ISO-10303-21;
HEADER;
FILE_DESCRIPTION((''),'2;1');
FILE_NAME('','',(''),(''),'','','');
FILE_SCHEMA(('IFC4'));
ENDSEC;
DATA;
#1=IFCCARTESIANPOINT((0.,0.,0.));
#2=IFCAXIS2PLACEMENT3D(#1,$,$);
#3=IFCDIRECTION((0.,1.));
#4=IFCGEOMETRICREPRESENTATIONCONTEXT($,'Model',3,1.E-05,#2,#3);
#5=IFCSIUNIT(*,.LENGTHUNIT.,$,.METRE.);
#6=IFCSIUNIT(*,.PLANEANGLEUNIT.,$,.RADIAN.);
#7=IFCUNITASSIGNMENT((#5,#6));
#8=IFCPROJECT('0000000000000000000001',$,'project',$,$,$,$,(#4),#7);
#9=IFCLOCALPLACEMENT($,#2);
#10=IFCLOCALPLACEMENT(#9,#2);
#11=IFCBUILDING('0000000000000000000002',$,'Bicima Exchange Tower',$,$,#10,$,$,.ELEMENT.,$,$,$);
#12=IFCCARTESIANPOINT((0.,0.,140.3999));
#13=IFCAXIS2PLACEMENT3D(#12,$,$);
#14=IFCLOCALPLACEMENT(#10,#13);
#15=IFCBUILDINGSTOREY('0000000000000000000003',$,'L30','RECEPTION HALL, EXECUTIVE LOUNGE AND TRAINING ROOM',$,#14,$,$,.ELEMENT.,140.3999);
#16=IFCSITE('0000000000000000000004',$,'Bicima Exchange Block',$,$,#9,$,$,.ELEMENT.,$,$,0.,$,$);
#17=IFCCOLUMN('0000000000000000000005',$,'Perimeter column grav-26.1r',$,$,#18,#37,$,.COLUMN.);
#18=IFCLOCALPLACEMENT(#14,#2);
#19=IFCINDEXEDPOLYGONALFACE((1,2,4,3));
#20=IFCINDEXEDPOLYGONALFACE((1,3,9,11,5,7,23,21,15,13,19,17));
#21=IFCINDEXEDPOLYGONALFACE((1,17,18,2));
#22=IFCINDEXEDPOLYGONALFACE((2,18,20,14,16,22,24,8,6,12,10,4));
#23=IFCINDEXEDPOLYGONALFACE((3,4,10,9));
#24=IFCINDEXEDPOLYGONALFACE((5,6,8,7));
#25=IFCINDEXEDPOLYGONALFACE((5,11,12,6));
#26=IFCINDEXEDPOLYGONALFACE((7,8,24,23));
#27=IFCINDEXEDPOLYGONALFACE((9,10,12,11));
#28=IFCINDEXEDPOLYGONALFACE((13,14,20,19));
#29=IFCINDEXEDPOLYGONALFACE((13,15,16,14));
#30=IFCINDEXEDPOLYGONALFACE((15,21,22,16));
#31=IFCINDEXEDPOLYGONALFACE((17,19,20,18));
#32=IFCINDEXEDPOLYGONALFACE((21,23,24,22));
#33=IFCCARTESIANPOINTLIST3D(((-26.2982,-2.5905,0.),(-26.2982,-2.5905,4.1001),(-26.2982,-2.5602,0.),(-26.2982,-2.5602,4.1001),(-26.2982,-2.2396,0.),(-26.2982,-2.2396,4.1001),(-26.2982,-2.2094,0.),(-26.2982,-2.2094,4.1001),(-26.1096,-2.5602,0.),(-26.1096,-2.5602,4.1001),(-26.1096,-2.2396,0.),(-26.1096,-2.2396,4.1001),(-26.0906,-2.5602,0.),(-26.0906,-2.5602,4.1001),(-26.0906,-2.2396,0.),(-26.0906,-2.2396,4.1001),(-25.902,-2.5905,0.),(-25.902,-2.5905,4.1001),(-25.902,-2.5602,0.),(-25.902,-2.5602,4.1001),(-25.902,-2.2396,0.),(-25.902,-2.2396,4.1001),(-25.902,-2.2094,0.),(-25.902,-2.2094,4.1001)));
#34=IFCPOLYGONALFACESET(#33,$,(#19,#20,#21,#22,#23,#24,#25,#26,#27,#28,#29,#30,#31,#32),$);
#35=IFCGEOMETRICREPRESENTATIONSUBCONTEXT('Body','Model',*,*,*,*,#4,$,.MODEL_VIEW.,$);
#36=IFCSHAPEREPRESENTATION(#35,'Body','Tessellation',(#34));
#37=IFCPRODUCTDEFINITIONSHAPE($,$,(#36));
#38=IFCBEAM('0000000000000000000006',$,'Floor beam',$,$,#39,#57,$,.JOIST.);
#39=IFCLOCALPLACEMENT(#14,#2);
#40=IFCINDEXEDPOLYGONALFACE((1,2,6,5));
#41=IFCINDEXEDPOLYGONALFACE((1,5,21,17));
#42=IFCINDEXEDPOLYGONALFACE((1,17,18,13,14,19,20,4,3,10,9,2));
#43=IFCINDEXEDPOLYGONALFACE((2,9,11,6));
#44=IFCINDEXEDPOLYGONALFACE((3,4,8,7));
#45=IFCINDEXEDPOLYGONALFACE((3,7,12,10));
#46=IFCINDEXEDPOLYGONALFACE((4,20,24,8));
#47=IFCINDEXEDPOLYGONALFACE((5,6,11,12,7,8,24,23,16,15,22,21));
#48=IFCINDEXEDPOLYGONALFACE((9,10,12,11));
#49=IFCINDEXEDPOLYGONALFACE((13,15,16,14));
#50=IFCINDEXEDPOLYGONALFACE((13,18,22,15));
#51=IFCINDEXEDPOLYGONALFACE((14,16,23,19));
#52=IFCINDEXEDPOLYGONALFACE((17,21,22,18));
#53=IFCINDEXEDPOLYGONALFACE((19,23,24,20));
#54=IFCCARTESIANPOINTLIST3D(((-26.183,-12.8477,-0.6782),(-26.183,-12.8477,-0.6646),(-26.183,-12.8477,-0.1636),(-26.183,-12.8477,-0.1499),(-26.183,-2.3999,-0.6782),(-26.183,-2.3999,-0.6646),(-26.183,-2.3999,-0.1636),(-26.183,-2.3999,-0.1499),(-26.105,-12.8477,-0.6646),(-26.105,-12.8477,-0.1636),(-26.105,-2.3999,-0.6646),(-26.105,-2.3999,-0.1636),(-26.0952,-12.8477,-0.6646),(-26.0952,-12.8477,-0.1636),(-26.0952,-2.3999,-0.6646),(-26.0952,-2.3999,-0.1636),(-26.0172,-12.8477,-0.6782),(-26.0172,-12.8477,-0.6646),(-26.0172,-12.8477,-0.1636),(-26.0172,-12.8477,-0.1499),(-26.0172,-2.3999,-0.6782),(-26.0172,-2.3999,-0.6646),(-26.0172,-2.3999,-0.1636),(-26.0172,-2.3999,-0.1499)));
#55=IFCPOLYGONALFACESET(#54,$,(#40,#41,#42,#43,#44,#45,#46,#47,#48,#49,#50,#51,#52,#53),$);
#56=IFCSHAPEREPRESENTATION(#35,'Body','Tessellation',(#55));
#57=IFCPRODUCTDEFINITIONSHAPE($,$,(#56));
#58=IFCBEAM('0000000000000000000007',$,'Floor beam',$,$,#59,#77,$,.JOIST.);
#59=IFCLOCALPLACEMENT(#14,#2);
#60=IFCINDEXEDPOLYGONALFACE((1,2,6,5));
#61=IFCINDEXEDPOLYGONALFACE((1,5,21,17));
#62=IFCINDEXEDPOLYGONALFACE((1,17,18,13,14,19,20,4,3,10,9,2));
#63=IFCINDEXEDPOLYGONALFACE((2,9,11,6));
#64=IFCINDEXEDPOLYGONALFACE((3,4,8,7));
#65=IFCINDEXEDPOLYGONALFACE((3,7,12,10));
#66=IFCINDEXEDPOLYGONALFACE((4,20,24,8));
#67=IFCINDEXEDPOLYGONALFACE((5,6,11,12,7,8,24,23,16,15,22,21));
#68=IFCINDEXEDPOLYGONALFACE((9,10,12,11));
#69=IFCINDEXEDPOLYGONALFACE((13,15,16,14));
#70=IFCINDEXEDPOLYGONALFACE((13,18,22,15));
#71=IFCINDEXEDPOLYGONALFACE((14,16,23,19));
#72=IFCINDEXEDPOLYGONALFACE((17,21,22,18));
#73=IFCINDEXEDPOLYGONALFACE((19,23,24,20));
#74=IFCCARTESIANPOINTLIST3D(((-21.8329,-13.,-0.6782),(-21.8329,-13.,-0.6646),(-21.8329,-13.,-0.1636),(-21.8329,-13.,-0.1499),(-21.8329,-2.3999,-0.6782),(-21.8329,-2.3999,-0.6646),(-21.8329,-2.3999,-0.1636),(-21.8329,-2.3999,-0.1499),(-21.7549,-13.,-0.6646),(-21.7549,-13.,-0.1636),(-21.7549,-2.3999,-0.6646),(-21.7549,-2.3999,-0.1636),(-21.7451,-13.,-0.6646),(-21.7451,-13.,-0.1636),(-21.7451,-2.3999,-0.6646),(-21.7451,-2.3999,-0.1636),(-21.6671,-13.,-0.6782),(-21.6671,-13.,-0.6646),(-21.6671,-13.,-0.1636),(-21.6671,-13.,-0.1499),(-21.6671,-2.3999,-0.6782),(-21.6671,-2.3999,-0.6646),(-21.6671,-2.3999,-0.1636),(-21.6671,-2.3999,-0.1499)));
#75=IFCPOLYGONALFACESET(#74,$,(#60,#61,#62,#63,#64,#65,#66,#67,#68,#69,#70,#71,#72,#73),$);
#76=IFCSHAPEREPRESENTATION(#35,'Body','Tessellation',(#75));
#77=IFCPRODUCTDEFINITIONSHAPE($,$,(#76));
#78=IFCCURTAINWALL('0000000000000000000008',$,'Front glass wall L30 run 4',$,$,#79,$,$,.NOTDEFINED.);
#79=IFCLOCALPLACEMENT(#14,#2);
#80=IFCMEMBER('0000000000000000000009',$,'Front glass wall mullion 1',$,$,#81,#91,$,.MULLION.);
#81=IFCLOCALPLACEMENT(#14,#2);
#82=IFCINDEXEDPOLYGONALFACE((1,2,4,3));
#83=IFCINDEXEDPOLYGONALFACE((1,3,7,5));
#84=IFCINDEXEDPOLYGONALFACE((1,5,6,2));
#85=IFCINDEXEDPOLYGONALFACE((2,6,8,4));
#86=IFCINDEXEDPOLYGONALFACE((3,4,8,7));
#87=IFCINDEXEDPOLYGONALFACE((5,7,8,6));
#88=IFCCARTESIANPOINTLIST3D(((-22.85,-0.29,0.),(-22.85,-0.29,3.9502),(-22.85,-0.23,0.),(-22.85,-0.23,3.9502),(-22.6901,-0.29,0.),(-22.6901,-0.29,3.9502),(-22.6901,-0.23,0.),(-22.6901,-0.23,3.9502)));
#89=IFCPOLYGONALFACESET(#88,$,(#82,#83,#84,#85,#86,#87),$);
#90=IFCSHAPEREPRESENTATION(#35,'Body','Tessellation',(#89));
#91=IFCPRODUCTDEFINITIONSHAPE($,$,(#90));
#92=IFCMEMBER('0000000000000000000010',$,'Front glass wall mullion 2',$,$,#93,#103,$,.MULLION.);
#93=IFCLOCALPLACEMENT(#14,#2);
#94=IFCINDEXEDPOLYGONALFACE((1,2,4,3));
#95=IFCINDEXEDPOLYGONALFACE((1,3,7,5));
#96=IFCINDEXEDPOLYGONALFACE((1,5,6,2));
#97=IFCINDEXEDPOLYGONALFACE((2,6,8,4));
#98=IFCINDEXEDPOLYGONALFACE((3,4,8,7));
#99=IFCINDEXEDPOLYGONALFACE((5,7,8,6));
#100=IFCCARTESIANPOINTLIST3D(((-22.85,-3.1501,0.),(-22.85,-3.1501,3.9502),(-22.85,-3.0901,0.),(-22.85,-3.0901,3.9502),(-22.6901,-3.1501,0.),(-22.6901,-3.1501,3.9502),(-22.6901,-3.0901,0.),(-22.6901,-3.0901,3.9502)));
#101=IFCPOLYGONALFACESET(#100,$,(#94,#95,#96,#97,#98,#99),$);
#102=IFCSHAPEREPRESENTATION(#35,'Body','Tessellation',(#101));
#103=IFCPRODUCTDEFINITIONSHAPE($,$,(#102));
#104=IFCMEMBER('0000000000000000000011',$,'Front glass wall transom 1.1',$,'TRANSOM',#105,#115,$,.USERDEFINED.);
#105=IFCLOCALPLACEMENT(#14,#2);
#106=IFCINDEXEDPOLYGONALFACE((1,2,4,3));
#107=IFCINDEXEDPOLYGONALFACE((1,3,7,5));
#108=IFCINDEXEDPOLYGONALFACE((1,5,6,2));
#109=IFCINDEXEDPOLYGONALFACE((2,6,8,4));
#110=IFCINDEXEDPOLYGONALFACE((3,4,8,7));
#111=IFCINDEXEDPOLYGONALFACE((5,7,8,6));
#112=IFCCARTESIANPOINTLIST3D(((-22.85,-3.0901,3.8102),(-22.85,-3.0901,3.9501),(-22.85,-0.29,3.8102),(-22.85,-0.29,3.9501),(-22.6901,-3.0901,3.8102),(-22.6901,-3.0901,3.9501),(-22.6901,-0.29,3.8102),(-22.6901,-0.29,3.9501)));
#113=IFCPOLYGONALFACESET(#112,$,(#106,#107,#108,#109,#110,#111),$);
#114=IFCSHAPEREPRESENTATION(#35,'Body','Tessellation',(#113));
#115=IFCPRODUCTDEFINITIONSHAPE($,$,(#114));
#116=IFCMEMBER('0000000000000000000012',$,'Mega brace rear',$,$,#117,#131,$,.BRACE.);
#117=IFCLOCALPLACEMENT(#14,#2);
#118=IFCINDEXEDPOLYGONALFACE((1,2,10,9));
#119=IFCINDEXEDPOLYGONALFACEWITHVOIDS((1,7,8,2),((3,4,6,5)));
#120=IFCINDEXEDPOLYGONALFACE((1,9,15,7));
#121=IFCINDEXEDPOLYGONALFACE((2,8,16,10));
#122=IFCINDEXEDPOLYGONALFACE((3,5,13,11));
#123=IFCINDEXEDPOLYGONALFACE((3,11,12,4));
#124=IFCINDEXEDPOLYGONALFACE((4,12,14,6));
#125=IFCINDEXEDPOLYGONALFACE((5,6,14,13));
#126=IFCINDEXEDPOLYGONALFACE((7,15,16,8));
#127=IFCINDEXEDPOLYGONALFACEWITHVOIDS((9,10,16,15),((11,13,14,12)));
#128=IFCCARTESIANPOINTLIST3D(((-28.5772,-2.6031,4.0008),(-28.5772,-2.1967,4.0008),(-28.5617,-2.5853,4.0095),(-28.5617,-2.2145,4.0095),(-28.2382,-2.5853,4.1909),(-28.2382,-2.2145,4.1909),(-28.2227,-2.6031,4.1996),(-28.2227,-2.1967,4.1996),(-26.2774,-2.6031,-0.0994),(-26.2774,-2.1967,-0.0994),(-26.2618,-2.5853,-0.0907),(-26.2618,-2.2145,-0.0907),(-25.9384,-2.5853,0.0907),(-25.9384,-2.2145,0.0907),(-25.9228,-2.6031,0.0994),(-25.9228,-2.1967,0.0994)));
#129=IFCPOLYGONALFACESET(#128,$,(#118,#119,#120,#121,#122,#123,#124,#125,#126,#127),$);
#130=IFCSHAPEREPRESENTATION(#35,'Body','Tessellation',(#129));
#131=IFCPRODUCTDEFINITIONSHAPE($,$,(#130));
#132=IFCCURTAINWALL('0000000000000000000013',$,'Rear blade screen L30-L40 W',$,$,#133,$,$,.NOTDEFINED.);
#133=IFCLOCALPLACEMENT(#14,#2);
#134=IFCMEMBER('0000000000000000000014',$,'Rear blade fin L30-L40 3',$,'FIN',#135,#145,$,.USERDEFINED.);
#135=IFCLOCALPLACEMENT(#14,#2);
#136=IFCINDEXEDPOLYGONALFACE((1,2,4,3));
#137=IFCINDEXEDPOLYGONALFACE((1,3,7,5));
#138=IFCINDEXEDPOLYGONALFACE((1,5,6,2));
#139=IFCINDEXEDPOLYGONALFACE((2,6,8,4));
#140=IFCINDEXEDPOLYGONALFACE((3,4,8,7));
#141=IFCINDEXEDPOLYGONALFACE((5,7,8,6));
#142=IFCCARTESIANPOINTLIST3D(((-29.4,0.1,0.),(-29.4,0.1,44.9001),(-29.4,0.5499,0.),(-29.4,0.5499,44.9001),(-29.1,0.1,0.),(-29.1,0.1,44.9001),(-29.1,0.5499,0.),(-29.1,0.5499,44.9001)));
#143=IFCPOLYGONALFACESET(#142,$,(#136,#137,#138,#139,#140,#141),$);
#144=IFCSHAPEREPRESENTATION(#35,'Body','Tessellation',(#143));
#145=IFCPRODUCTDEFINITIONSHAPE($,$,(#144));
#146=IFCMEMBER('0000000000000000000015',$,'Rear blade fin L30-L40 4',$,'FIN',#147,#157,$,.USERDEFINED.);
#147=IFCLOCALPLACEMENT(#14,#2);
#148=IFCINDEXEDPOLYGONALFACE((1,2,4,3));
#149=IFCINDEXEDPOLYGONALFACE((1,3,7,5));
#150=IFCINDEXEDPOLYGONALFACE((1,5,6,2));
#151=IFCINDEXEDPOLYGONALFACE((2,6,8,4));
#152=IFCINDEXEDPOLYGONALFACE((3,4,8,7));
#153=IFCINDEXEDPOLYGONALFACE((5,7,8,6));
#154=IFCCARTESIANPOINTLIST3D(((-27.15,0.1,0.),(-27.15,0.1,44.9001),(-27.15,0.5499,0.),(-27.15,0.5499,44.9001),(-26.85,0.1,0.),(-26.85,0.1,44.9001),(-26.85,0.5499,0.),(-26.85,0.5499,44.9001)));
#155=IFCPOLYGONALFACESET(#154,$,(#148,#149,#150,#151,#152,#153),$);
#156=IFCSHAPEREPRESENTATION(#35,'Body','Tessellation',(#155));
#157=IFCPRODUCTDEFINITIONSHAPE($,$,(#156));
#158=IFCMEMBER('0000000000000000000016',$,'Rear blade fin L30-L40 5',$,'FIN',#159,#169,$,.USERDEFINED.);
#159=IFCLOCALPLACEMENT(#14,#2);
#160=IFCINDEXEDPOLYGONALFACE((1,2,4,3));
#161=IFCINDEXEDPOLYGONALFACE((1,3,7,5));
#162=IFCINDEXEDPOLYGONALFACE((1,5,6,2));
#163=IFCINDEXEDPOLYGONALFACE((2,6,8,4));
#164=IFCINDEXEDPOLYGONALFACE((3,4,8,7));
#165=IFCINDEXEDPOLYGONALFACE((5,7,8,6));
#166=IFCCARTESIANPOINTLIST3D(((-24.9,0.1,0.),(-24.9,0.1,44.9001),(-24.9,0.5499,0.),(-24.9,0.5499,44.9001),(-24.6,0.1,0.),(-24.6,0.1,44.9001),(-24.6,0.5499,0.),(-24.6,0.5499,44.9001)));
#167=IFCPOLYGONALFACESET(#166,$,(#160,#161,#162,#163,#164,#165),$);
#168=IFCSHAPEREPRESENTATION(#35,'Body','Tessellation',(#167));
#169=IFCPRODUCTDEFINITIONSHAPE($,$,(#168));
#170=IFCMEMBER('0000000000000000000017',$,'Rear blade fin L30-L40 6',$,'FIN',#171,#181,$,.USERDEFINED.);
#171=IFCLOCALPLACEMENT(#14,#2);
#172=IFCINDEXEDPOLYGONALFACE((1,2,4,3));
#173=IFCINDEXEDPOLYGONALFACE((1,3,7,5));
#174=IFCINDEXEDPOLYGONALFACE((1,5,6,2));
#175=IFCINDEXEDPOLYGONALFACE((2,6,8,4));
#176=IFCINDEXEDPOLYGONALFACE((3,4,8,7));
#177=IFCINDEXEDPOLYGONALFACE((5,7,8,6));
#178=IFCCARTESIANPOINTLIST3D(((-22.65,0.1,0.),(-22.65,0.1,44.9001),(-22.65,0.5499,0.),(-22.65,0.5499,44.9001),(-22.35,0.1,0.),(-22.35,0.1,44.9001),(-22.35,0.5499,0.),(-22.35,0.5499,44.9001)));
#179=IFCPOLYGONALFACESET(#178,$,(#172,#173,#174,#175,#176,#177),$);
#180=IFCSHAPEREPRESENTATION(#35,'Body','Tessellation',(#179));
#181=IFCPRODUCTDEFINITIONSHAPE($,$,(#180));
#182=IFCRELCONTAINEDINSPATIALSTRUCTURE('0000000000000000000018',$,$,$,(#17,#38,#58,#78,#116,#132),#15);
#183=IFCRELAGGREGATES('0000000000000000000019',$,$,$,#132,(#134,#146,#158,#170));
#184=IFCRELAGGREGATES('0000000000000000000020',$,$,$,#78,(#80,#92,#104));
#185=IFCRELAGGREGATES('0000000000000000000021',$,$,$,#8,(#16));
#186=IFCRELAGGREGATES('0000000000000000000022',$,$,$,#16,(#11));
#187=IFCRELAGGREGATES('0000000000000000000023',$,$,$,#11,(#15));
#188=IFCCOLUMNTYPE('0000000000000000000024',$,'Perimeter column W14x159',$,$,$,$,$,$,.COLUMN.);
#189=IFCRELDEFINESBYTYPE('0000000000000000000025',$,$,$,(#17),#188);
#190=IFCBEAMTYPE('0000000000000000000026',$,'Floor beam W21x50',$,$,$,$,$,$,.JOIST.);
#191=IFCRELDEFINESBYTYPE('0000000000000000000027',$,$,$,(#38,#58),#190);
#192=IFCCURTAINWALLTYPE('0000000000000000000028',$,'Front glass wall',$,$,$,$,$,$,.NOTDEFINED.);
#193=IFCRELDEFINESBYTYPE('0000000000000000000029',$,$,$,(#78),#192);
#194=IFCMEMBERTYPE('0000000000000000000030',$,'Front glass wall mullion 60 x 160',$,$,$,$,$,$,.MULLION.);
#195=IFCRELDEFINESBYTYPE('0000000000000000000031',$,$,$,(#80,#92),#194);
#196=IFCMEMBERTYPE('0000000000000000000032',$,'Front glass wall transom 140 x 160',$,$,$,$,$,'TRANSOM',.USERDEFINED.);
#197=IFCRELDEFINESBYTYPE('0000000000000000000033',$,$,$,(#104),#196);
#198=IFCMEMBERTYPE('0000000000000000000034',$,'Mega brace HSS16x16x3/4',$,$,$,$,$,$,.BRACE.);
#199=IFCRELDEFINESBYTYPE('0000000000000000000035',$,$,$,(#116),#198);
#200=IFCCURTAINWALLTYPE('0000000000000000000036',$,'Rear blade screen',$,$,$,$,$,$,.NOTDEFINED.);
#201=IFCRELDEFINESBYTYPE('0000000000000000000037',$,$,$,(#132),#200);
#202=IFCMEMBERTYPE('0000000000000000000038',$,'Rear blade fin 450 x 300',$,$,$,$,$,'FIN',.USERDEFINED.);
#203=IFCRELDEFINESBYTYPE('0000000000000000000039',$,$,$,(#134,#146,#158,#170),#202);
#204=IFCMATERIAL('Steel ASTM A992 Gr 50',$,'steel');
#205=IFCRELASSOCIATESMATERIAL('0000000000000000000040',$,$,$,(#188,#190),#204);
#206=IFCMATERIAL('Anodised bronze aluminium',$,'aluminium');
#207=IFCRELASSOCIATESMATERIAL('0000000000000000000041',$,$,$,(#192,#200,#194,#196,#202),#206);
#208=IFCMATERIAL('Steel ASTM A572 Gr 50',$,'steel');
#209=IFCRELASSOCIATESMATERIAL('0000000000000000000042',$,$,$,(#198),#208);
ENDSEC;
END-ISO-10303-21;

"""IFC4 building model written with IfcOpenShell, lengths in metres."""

from ifc_helpers import new_model, si_unit, direction, frame, origin, origin_2d, place, context, subcontext, project, spatial, rectangle, hollow_rectangle, i_section, extrude, material, material_profile, profile_set, type_object, element, aggregate, save


model = new_model("IFC4")

# Units and contexts
model_context = context("Model", 3, precision=1e-05, world=origin(), true_north=direction((0.0, 1.0)))
body_context = subcontext(model_context, "Body", "Model", "MODEL_VIEW")
ifc_project = project(units=[si_unit("LENGTHUNIT", "METRE"), si_unit("PLANEANGLEUNIT", "RADIAN")], contexts=[model_context])

# Site, building, storey
site_placement = place(None, origin())
site = spatial("IfcSite", under=ifc_project, at=site_placement, Name="Bicima Exchange Block", CompositionType="ELEMENT", RefElevation=0.0)
building_placement = place(site_placement, origin())
building = spatial("IfcBuilding", under=site, at=building_placement, Name="Bicima Exchange Tower", CompositionType="ELEMENT")
storey_placement = place(building_placement, frame((0.0, 0.0, 140.3999)))
storey = spatial("IfcBuildingStorey", under=building, at=storey_placement, Name="L30", Description="RECEPTION HALL, EXECUTIVE LOUNGE AND TRAINING ROOM", CompositionType="ELEMENT", Elevation=140.3999)

# Column
ifc_material_1 = material(Name="Steel ASTM A992 Gr 50", Category="steel")
ifc_material_profile_1 = material_profile(ifc_material_1, i_section(OverallWidth=0.3962, OverallDepth=0.3811, WebThickness=0.019, FlangeThickness=0.0303, at=origin_2d()))
ifc_profile_set_1 = profile_set([ifc_material_profile_1], Name="Steel ASTM A992 Gr 50")
column_type = type_object("IfcColumnType", Name="Perimeter column W14x159", PredefinedType="COLUMN", material=ifc_profile_set_1)
column_placement = place(storey_placement, frame((-26.1001, -2.3999, 0.0), z_axis=(0.0, 0.0, 1.0), x_axis=(1.0, 0.0, 0.0)))
element("IfcColumn", 1, at=column_placement, inside=storey, type_object=column_type, Name="Perimeter column grav-26.1r", PredefinedType="COLUMN", context=body_context, shape_type="SweptSolid", body=[
    extrude(i_section(OverallWidth=0.3962, OverallDepth=0.3811, WebThickness=0.019, FlangeThickness=0.0303, at=origin_2d()), origin(), (0.0, 0.0, 1.0), 4.1001),
])

# Beams
ifc_material_profile_2 = material_profile(ifc_material_1, i_section(OverallWidth=0.1658, OverallDepth=0.5283, WebThickness=0.0098, FlangeThickness=0.0137, at=origin_2d()))
ifc_profile_set_2 = profile_set([ifc_material_profile_2], Name="Steel ASTM A992 Gr 50")
beam_type = type_object("IfcBeamType", Name="Floor beam W21x50", PredefinedType="JOIST", material=ifc_profile_set_2)
beam_1_placement = place(storey_placement, frame((-26.1001, -2.3999, -0.4141), z_axis=(0.0, -1.0, 0.0), x_axis=(1.0, 0.0, 0.0)))
element("IfcBeam", 2, at=beam_1_placement, inside=storey, type_object=beam_type, Name="Floor beam", PredefinedType="JOIST", context=body_context, shape_type="SweptSolid", body=[
    extrude(i_section(OverallWidth=0.1658, OverallDepth=0.5283, WebThickness=0.0098, FlangeThickness=0.0137, at=origin_2d()), origin(), (0.0, 0.0, 1.0), 10.4478),
])
beam_2_placement = place(storey_placement, frame((-21.75, -2.3999, -0.4141), z_axis=(0.0, -1.0, 0.0), x_axis=(1.0, 0.0, 0.0)))
element("IfcBeam", 3, at=beam_2_placement, inside=storey, type_object=beam_type, Name="Floor beam", PredefinedType="JOIST", context=body_context, shape_type="SweptSolid", body=[
    extrude(i_section(OverallWidth=0.1658, OverallDepth=0.5283, WebThickness=0.0098, FlangeThickness=0.0137, at=origin_2d()), origin(), (0.0, 0.0, 1.0), 10.6001),
])

# Curtain wall, members
ifc_material_2 = material(Name="Anodised bronze aluminium", Category="aluminium")
curtain_wall_type_1 = type_object("IfcCurtainWallType", Name="Front glass wall", PredefinedType="NOTDEFINED", material=ifc_material_2)
curtain_wall_1_placement = place(storey_placement, origin())
curtain_wall_1 = element("IfcCurtainWall", 4, at=curtain_wall_1_placement, inside=storey, type_object=curtain_wall_type_1, Name="Front glass wall L30 run 4", PredefinedType="NOTDEFINED")
ifc_material_profile_3 = material_profile(ifc_material_2, rectangle(XDim=0.1599, YDim=0.0601, at=origin_2d()))
ifc_profile_set_3 = profile_set([ifc_material_profile_3], Name="Anodised bronze aluminium")
member_type_1 = type_object("IfcMemberType", Name="Front glass wall mullion 60 x 160", PredefinedType="MULLION", material=ifc_profile_set_3)
member_1_placement = place(storey_placement, frame((-22.77, -0.26, 0.0), z_axis=(0.0, 0.0, 1.0), x_axis=(1.0, 0.0, 0.0)))
member_1 = element("IfcMember", 5, at=member_1_placement, type_object=member_type_1, Name="Front glass wall mullion 1", PredefinedType="MULLION", context=body_context, shape_type="SweptSolid", body=[
    extrude(rectangle(XDim=0.1599, YDim=0.0601, at=origin_2d()), origin(), (0.0, 0.0, 1.0), 3.9502),
])
member_2_placement = place(storey_placement, frame((-22.77, -3.1201, 0.0), z_axis=(0.0, 0.0, 1.0), x_axis=(1.0, 0.0, 0.0)))
member_2 = element("IfcMember", 6, at=member_2_placement, type_object=member_type_1, Name="Front glass wall mullion 2", PredefinedType="MULLION", context=body_context, shape_type="SweptSolid", body=[
    extrude(rectangle(XDim=0.1599, YDim=0.0601, at=origin_2d()), origin(), (0.0, 0.0, 1.0), 3.9502),
])
ifc_material_profile_4 = material_profile(ifc_material_2, rectangle(XDim=0.1599, YDim=0.1399, at=origin_2d()))
ifc_profile_set_4 = profile_set([ifc_material_profile_4], Name="Anodised bronze aluminium")
member_type_2 = type_object("IfcMemberType", Name="Front glass wall transom 140 x 160", ElementType="TRANSOM", PredefinedType="USERDEFINED", material=ifc_profile_set_4)
member_3_placement = place(storey_placement, frame((-22.77, -0.29, 3.8801), z_axis=(0.0, -1.0, 0.0), x_axis=(1.0, 0.0, 0.0)))
member_3 = element("IfcMember", 7, at=member_3_placement, type_object=member_type_2, Name="Front glass wall transom 1.1", ObjectType="TRANSOM", PredefinedType="USERDEFINED", context=body_context, shape_type="SweptSolid", body=[
    extrude(rectangle(XDim=0.1599, YDim=0.1399, at=origin_2d()), origin(), (0.0, 0.0, 1.0), 2.8),
])

# Member
ifc_material_3 = material(Name="Steel ASTM A572 Gr 50", Category="steel")
ifc_material_profile_5 = material_profile(ifc_material_3, hollow_rectangle(XDim=0.4065, YDim=0.4065, WallThickness=0.0178, at=origin_2d()))
ifc_profile_set_5 = profile_set([ifc_material_profile_5], Name="Steel ASTM A572 Gr 50")
member_type_3 = type_object("IfcMemberType", Name="Mega brace HSS16x16x3/4", PredefinedType="BRACE", material=ifc_profile_set_5)
member_4_placement = place(storey_placement, frame((-26.1001, -2.3999, 0.0), z_axis=(-0.489211, 0.0, 0.872166), x_axis=(0.0, -1.0, 0.0)))
element("IfcMember", 8, at=member_4_placement, inside=storey, type_object=member_type_3, Name="Mega brace rear", PredefinedType="BRACE", context=body_context, shape_type="SweptSolid", body=[
    extrude(hollow_rectangle(XDim=0.4065, YDim=0.4065, WallThickness=0.0178, at=origin_2d()), origin(), (0.0, 0.0, 1.0), 4.7012),
])

# Curtain wall, members
curtain_wall_type_2 = type_object("IfcCurtainWallType", Name="Rear blade screen", PredefinedType="NOTDEFINED", material=ifc_material_2)
curtain_wall_2_placement = place(storey_placement, origin())
curtain_wall_2 = element("IfcCurtainWall", 9, at=curtain_wall_2_placement, inside=storey, type_object=curtain_wall_type_2, Name="Rear blade screen L30-L40 W", PredefinedType="NOTDEFINED")
ifc_material_profile_6 = material_profile(ifc_material_2, rectangle(XDim=0.45, YDim=0.3, at=origin_2d()))
ifc_profile_set_6 = profile_set([ifc_material_profile_6], Name="Anodised bronze aluminium")
member_type_4 = type_object("IfcMemberType", Name="Rear blade fin 450 x 300", ElementType="FIN", PredefinedType="USERDEFINED", material=ifc_profile_set_6)
member_5_placement = place(storey_placement, frame((-29.25, 0.325, 0.0), z_axis=(0.0, 0.0, 1.0), x_axis=(0.0, 1.0, 0.0)))
member_5 = element("IfcMember", 10, at=member_5_placement, type_object=member_type_4, Name="Rear blade fin L30-L40 3", ObjectType="FIN", PredefinedType="USERDEFINED", context=body_context, shape_type="SweptSolid", body=[
    extrude(rectangle(XDim=0.45, YDim=0.3, at=origin_2d()), origin(), (0.0, 0.0, 1.0), 44.9001),
])
member_6_placement = place(storey_placement, frame((-27.0, 0.325, 0.0), z_axis=(0.0, 0.0, 1.0), x_axis=(0.0, 1.0, 0.0)))
member_6 = element("IfcMember", 11, at=member_6_placement, type_object=member_type_4, Name="Rear blade fin L30-L40 4", ObjectType="FIN", PredefinedType="USERDEFINED", context=body_context, shape_type="SweptSolid", body=[
    extrude(rectangle(XDim=0.45, YDim=0.3, at=origin_2d()), origin(), (0.0, 0.0, 1.0), 44.9001),
])
member_7_placement = place(storey_placement, frame((-24.75, 0.325, 0.0), z_axis=(0.0, 0.0, 1.0), x_axis=(0.0, 1.0, 0.0)))
member_7 = element("IfcMember", 12, at=member_7_placement, type_object=member_type_4, Name="Rear blade fin L30-L40 5", ObjectType="FIN", PredefinedType="USERDEFINED", context=body_context, shape_type="SweptSolid", body=[
    extrude(rectangle(XDim=0.45, YDim=0.3, at=origin_2d()), origin(), (0.0, 0.0, 1.0), 44.9001),
])
member_8_placement = place(storey_placement, frame((-22.5, 0.325, 0.0), z_axis=(0.0, 0.0, 1.0), x_axis=(0.0, 1.0, 0.0)))
member_8 = element("IfcMember", 13, at=member_8_placement, type_object=member_type_4, Name="Rear blade fin L30-L40 6", ObjectType="FIN", PredefinedType="USERDEFINED", context=body_context, shape_type="SweptSolid", body=[
    extrude(rectangle(XDim=0.45, YDim=0.3, at=origin_2d()), origin(), (0.0, 0.0, 1.0), 44.9001),
])
aggregate(curtain_wall_2, [member_5, member_6, member_7, member_8])

aggregate(curtain_wall_1, [member_1, member_2, member_3])

save(model, "model.ifc")
